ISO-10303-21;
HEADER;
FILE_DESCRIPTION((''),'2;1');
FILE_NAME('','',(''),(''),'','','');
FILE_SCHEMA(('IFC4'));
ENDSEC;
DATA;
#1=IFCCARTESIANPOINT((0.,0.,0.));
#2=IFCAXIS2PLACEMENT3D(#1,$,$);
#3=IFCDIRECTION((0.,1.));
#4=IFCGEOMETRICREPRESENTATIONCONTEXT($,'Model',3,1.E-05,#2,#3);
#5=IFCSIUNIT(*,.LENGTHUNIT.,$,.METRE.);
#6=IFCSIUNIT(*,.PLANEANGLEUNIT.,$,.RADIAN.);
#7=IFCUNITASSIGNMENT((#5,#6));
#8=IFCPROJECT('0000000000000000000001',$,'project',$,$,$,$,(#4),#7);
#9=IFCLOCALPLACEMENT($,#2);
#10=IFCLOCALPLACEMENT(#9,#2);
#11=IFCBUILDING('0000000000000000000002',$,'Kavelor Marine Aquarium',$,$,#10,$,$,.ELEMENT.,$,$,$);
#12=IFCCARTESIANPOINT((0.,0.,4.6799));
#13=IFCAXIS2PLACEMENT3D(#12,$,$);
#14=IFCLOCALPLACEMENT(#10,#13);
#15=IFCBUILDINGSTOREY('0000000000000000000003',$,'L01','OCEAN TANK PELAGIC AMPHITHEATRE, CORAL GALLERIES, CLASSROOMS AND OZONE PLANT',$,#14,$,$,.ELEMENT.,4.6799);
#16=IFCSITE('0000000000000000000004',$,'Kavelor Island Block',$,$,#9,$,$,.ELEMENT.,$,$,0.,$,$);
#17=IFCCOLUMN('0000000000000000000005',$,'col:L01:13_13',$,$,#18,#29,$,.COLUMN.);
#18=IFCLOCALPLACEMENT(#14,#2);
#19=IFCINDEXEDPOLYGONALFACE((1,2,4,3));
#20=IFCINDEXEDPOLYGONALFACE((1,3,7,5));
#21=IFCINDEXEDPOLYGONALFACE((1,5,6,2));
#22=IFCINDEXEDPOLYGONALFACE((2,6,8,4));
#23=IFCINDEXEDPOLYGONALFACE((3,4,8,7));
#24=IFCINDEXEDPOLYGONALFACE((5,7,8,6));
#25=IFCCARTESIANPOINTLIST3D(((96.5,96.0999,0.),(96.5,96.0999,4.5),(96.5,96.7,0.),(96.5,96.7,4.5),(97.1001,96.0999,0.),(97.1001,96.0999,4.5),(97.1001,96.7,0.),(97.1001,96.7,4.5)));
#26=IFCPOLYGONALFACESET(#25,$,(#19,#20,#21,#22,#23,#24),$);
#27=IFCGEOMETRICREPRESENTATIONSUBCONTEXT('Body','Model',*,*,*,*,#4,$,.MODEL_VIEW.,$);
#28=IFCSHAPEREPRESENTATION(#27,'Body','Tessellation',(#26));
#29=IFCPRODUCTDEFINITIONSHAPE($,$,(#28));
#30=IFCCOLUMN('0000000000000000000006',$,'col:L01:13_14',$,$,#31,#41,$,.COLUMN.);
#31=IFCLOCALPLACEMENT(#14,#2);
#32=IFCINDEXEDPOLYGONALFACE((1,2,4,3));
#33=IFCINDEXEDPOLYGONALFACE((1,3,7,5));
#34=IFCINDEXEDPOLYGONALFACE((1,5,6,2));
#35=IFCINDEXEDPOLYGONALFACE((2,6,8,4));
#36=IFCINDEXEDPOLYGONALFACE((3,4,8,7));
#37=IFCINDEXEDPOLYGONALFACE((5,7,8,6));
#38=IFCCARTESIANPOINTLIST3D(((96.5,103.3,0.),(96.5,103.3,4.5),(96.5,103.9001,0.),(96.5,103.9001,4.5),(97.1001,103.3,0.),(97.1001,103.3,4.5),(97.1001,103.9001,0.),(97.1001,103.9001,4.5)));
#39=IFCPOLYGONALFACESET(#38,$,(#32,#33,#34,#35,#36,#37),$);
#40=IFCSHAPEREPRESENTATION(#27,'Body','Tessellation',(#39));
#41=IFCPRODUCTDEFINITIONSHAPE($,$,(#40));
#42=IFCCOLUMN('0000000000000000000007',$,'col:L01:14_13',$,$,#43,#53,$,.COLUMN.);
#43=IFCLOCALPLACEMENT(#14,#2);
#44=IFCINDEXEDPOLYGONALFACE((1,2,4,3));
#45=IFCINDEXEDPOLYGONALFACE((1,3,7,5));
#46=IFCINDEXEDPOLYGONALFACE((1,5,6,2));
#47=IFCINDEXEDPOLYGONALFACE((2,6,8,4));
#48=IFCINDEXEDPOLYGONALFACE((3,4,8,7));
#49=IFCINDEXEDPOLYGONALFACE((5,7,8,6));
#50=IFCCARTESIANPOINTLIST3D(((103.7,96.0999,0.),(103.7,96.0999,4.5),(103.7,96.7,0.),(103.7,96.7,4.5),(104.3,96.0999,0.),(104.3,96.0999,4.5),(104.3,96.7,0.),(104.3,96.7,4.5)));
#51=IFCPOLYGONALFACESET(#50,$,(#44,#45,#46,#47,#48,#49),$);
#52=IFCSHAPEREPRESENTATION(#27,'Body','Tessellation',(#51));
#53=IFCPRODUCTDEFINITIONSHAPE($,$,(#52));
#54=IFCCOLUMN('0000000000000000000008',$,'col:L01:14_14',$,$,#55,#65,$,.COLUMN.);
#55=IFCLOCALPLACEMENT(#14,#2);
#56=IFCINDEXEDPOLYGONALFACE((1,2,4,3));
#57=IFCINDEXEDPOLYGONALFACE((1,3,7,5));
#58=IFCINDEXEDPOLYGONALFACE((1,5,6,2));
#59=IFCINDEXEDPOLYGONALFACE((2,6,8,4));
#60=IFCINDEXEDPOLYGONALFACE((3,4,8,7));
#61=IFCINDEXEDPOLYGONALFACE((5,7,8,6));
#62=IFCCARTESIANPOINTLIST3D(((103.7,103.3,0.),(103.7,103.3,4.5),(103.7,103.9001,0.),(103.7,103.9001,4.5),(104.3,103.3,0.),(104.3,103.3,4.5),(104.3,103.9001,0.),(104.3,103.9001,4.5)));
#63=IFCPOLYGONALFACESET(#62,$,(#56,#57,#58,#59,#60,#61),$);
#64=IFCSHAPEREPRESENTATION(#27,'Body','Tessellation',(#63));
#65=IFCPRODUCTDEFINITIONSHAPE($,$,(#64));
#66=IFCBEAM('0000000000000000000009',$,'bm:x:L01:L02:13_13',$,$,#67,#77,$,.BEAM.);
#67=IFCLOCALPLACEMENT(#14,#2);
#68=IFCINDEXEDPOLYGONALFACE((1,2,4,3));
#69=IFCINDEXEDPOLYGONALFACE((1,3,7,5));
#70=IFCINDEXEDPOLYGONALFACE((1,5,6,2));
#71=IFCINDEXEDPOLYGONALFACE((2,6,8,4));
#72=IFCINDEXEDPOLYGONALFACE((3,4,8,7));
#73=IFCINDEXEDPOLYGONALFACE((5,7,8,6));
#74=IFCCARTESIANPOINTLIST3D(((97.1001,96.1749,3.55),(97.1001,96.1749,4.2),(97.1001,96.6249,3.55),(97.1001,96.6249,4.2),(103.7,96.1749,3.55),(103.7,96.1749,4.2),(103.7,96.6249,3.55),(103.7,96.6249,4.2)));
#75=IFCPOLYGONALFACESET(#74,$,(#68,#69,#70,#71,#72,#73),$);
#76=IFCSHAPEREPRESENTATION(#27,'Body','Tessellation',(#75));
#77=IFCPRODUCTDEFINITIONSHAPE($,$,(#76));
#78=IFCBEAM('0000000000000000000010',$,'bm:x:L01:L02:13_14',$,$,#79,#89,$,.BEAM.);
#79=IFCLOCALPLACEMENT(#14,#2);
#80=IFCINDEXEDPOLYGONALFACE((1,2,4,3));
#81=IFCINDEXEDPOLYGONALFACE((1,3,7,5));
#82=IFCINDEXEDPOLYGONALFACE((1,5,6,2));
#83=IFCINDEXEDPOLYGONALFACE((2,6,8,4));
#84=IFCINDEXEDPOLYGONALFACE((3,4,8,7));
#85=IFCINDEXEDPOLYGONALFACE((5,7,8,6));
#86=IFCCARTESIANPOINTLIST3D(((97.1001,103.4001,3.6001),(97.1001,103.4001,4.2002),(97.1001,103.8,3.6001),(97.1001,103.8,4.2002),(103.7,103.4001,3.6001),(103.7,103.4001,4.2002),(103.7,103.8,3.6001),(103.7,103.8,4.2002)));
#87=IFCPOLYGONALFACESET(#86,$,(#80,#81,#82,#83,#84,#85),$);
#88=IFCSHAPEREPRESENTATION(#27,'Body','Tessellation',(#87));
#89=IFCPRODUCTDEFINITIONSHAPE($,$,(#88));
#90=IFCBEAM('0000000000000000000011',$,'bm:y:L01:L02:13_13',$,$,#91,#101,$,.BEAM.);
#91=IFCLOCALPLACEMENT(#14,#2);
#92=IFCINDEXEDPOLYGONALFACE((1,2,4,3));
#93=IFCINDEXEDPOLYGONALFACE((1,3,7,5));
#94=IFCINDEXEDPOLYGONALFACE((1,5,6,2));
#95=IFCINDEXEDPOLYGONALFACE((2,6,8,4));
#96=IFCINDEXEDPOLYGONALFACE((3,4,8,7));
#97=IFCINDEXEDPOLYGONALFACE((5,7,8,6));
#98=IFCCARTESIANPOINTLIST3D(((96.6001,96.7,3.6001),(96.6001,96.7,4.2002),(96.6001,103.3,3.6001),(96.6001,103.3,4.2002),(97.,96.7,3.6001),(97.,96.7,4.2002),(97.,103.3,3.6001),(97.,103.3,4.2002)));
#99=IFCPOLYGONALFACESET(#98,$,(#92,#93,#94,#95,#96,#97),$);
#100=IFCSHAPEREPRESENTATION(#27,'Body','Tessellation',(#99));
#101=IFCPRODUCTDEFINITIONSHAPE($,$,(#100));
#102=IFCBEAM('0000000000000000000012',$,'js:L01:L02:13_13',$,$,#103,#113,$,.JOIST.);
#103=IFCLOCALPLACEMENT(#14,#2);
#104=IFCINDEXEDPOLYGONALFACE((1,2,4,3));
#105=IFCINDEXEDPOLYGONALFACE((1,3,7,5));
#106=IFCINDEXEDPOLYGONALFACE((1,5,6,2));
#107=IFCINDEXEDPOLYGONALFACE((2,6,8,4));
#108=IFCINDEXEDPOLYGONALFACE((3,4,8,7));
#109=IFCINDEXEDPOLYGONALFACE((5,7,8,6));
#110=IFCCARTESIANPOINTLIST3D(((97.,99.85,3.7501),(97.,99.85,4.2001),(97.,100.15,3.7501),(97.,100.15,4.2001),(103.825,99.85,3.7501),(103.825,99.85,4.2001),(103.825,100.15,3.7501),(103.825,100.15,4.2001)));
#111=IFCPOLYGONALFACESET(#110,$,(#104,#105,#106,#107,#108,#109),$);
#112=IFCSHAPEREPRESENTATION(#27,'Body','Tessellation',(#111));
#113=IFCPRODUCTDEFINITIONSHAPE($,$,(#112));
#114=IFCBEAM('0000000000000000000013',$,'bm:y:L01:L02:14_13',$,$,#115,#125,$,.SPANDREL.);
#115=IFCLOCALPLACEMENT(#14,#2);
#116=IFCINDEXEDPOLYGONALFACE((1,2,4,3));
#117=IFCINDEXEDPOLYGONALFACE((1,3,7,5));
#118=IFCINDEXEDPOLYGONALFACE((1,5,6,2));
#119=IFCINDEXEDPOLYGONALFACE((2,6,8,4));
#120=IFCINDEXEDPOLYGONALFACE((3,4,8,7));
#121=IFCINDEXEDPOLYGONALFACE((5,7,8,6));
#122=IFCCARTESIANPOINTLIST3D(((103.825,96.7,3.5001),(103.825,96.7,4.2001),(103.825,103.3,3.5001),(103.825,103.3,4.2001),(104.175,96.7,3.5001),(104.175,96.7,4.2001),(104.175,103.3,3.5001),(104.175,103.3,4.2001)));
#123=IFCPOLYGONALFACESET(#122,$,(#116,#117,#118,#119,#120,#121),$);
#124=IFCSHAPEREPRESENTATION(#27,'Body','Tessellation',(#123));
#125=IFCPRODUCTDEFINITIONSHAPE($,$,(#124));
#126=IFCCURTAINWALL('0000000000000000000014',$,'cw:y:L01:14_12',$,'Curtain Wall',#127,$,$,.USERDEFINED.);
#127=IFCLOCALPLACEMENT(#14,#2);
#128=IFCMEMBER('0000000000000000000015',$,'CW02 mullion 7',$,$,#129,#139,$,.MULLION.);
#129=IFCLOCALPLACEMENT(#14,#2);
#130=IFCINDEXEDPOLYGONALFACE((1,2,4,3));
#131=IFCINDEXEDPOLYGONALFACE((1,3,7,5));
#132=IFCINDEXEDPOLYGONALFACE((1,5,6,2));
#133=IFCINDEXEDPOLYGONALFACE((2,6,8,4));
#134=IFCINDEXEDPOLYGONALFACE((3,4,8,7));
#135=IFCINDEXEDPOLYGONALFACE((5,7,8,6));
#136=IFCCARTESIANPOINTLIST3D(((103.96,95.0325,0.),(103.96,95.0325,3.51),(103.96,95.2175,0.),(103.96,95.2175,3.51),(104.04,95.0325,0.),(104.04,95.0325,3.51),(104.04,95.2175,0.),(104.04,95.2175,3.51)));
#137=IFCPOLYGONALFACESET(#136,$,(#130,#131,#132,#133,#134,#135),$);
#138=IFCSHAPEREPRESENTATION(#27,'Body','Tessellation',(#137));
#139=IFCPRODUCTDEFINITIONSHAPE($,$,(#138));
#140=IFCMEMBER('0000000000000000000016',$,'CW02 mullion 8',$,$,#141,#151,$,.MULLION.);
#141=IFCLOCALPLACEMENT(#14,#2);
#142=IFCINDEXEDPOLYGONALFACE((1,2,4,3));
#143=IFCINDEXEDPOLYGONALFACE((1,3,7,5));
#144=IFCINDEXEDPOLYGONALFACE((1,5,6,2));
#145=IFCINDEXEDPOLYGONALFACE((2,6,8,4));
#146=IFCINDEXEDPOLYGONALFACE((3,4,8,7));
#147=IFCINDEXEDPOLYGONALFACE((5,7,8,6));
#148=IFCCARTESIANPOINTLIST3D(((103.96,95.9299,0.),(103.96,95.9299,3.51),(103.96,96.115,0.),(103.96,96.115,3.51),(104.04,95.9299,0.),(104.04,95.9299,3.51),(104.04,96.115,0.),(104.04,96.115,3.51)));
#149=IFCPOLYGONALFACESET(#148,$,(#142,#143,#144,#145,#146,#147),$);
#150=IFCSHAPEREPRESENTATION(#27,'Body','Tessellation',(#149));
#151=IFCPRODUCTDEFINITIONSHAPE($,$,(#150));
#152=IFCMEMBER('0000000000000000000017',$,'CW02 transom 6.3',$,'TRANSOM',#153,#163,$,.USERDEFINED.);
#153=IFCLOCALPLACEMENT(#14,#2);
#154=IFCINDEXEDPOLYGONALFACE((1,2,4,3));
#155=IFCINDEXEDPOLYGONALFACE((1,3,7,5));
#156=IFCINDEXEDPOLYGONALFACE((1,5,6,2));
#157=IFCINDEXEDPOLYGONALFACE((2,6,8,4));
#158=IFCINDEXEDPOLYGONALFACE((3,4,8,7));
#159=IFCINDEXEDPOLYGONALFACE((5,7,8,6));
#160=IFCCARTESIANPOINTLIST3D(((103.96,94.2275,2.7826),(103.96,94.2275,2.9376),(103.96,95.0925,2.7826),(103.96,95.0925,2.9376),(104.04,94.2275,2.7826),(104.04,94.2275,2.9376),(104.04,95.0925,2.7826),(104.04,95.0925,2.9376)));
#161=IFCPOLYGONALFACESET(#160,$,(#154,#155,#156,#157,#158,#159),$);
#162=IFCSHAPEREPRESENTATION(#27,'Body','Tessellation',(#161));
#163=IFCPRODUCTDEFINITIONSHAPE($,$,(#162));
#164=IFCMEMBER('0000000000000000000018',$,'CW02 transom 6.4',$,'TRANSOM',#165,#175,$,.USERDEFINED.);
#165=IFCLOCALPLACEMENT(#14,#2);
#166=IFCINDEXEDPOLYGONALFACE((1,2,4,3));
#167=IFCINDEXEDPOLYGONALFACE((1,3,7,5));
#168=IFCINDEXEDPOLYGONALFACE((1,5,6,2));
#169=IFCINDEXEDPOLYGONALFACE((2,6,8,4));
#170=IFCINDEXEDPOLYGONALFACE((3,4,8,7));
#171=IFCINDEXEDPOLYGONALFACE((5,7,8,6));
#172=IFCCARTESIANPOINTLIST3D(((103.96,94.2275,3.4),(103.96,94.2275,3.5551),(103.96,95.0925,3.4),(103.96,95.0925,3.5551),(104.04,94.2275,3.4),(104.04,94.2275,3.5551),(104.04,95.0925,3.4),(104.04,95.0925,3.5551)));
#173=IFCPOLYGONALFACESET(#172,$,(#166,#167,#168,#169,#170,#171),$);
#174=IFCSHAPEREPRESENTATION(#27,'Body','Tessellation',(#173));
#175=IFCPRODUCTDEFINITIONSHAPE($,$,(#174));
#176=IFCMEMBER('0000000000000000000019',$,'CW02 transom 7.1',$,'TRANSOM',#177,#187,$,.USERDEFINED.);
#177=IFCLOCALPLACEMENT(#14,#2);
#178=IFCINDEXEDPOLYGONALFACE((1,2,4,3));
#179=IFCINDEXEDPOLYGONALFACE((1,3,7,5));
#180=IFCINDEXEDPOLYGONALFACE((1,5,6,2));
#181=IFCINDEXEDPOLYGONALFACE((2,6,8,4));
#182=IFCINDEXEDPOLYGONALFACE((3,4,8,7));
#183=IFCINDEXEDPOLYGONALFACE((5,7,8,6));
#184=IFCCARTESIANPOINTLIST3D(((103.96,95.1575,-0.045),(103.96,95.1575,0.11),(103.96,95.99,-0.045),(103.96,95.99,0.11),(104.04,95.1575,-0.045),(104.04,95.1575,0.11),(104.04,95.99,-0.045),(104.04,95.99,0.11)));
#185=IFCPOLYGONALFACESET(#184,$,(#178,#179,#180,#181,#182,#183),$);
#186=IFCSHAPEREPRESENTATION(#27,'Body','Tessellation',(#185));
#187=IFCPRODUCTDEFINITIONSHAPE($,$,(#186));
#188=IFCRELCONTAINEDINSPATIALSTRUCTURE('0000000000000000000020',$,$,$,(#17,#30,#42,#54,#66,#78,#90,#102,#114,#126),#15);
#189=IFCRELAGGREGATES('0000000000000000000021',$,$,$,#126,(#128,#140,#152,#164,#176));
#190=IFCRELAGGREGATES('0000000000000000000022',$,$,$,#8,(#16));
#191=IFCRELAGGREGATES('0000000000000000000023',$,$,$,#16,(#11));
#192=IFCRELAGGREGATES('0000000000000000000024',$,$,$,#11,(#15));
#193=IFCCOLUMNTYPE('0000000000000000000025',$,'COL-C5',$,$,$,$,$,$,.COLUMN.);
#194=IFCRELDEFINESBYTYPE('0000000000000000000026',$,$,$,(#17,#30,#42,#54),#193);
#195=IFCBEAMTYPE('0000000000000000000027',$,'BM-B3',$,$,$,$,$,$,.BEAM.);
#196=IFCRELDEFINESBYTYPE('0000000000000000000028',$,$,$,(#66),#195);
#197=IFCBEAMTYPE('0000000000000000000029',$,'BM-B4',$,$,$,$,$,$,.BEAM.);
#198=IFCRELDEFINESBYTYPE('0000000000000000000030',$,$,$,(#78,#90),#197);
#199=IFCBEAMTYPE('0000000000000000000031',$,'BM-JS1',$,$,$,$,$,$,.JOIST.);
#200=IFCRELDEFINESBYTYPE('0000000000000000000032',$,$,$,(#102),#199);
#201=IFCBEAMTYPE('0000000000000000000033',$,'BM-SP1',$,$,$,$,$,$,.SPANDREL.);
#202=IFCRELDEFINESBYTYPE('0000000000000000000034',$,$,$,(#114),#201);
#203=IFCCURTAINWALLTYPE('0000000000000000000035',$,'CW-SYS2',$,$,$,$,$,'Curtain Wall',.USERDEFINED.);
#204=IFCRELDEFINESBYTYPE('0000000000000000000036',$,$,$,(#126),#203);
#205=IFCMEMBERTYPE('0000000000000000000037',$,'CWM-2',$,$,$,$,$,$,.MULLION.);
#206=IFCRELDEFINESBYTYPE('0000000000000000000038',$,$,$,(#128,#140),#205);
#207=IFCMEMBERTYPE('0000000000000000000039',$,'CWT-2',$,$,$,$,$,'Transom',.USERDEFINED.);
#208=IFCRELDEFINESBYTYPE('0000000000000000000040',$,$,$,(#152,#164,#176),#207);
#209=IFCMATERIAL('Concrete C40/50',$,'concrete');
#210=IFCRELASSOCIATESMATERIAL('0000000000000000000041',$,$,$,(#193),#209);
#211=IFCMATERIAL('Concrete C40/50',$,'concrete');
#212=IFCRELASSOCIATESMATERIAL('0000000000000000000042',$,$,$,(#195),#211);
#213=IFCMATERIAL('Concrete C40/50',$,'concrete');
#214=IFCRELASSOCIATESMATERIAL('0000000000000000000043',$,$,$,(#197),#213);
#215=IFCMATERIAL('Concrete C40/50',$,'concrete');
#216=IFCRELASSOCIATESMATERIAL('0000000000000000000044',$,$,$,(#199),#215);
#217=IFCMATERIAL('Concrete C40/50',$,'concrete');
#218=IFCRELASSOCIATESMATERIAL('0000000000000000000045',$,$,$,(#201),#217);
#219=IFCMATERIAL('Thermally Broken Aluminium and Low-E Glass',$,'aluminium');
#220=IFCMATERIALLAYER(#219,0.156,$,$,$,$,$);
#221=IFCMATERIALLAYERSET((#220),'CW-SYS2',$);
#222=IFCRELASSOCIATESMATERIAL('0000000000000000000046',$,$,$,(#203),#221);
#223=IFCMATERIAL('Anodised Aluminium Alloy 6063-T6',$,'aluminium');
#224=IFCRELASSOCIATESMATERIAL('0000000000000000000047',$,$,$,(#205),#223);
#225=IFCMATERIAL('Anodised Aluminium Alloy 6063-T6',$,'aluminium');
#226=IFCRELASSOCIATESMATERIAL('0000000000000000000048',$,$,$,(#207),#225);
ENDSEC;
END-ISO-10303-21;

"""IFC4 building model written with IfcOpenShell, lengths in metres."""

from ifc_helpers import new_model, si_unit, direction, frame, origin, origin_2d, place, context, subcontext, project, spatial, rectangle, extrude, material, layer, layer_set, material_profile, profile_set, type_object, element, aggregate, save


model = new_model("IFC4")

# Units and contexts
model_context = context("Model", 3, precision=1e-05, world=origin(), true_north=direction((0.0, 1.0)))
body_context = subcontext(model_context, "Body", "Model", "MODEL_VIEW")
ifc_project = project(units=[si_unit("LENGTHUNIT", "METRE"), si_unit("PLANEANGLEUNIT", "RADIAN")], contexts=[model_context])

# Site, building, storey
site_placement = place(None, origin())
site = spatial("IfcSite", under=ifc_project, at=site_placement, Name="Kavelor Island Block", CompositionType="ELEMENT", RefElevation=0.0)
building_placement = place(site_placement, origin())
building = spatial("IfcBuilding", under=site, at=building_placement, Name="Kavelor Marine Aquarium", CompositionType="ELEMENT")
storey_placement = place(building_placement, frame((0.0, 0.0, 4.6799)))
storey = spatial("IfcBuildingStorey", under=building, at=storey_placement, Name="L01", Description="OCEAN TANK PELAGIC AMPHITHEATRE, CORAL GALLERIES, CLASSROOMS AND OZONE PLANT", CompositionType="ELEMENT", Elevation=4.6799)

# Columns
ifc_material_1 = material(Name="Concrete C40/50", Category="concrete")
ifc_material_profile_1 = material_profile(ifc_material_1, rectangle(XDim=0.6001, YDim=0.6001, at=origin_2d()), Name="RC-COL 600x600")
ifc_profile_set_1 = profile_set([ifc_material_profile_1], Name="Concrete C40/50")
column_type = type_object("IfcColumnType", Name="COL-C5", PredefinedType="COLUMN", material=ifc_profile_set_1)
for number, where, z_axis, x_axis, name in (
    (1, (96.8, 96.3999, 0.0), (0.0, 0.0, 1.0), (1.0, 0.0, 0.0), "col:L01:13_13"),
    (2, (96.8, 103.6001, 0.0), (0.0, 0.0, 1.0), (1.0, 0.0, 0.0), "col:L01:13_14"),
    (3, (104.0, 96.3999, 0.0), (0.0, 0.0, 1.0), (1.0, 0.0, 0.0), "col:L01:14_13"),
    (4, (104.0, 103.6001, 0.0), (0.0, 0.0, 1.0), (1.0, 0.0, 0.0), "col:L01:14_14"),
):
    element("IfcColumn", number, at=place(storey_placement, frame(where, z_axis=z_axis, x_axis=x_axis)), inside=storey, type_object=column_type, Name=name, PredefinedType="COLUMN", context=body_context, shape_type="SweptSolid", body=[
        extrude(rectangle(XDim=0.6001, YDim=0.6001, at=origin_2d()), origin(), (0.0, 0.0, 1.0), 4.5),
    ])

# Beams
ifc_material_2 = material(Name="Concrete C40/50", Category="concrete")
ifc_material_profile_2 = material_profile(ifc_material_2, rectangle(XDim=0.45, YDim=0.6499, at=origin_2d()), Name="RC-BM 450x650")
ifc_profile_set_2 = profile_set([ifc_material_profile_2], Name="Concrete C40/50")
beam_type_1 = type_object("IfcBeamType", Name="BM-B3", PredefinedType="BEAM", material=ifc_profile_set_2)
beam_1_placement = place(storey_placement, frame((97.1001, 96.3999, 3.875), z_axis=(1.0, 0.0, 0.0), x_axis=(0.0, 1.0, 0.0)))
element("IfcBeam", 5, at=beam_1_placement, inside=storey, type_object=beam_type_1, Name="bm:x:L01:L02:13_13", PredefinedType="BEAM", context=body_context, shape_type="SweptSolid", body=[
    extrude(rectangle(XDim=0.45, YDim=0.6499, at=origin_2d()), origin(), (0.0, 0.0, 1.0), 6.5999),
])
ifc_material_3 = material(Name="Concrete C40/50", Category="concrete")
ifc_material_profile_3 = material_profile(ifc_material_3, rectangle(XDim=0.3999, YDim=0.6001, at=origin_2d()), Name="RC-BM 400x600")
ifc_profile_set_3 = profile_set([ifc_material_profile_3], Name="Concrete C40/50")
beam_type_2 = type_object("IfcBeamType", Name="BM-B4", PredefinedType="BEAM", material=ifc_profile_set_3)
beam_2_placement = place(storey_placement, frame((97.1001, 103.6001, 3.9001), z_axis=(1.0, 0.0, 0.0), x_axis=(0.0, 1.0, 0.0)))
element("IfcBeam", 6, at=beam_2_placement, inside=storey, type_object=beam_type_2, Name="bm:x:L01:L02:13_14", PredefinedType="BEAM", context=body_context, shape_type="SweptSolid", body=[
    extrude(rectangle(XDim=0.3999, YDim=0.6001, at=origin_2d()), origin(), (0.0, 0.0, 1.0), 6.5999),
])
beam_3_placement = place(storey_placement, frame((96.8, 96.7, 3.9001), z_axis=(0.0, 1.0, 0.0), x_axis=(-1.0, 0.0, 0.0)))
element("IfcBeam", 7, at=beam_3_placement, inside=storey, type_object=beam_type_2, Name="bm:y:L01:L02:13_13", PredefinedType="BEAM", context=body_context, shape_type="SweptSolid", body=[
    extrude(rectangle(XDim=0.3999, YDim=0.6001, at=origin_2d()), origin(), (0.0, 0.0, 1.0), 6.6001),
])
ifc_material_4 = material(Name="Concrete C40/50", Category="concrete")
ifc_material_profile_4 = material_profile(ifc_material_4, rectangle(XDim=0.3, YDim=0.45, at=origin_2d()), Name="RC-JS 300x450")
ifc_profile_set_4 = profile_set([ifc_material_profile_4], Name="Concrete C40/50")
beam_type_3 = type_object("IfcBeamType", Name="BM-JS1", PredefinedType="JOIST", material=ifc_profile_set_4)
beam_4_placement = place(storey_placement, frame((97.0, 100.0, 3.9751), z_axis=(1.0, 0.0, 0.0), x_axis=(0.0, 1.0, 0.0)))
element("IfcBeam", 8, at=beam_4_placement, inside=storey, type_object=beam_type_3, Name="js:L01:L02:13_13", PredefinedType="JOIST", context=body_context, shape_type="SweptSolid", body=[
    extrude(rectangle(XDim=0.3, YDim=0.45, at=origin_2d()), origin(), (0.0, 0.0, 1.0), 6.825),
])
ifc_material_5 = material(Name="Concrete C40/50", Category="concrete")
ifc_material_profile_5 = material_profile(ifc_material_5, rectangle(XDim=0.3501, YDim=0.7, at=origin_2d()), Name="RC-SP 350x700")
ifc_profile_set_5 = profile_set([ifc_material_profile_5], Name="Concrete C40/50")
beam_type_4 = type_object("IfcBeamType", Name="BM-SP1", PredefinedType="SPANDREL", material=ifc_profile_set_5)
beam_5_placement = place(storey_placement, frame((104.0, 96.7, 3.8501), z_axis=(0.0, 1.0, 0.0), x_axis=(-1.0, 0.0, 0.0)))
element("IfcBeam", 9, at=beam_5_placement, inside=storey, type_object=beam_type_4, Name="bm:y:L01:L02:14_13", PredefinedType="SPANDREL", context=body_context, shape_type="SweptSolid", body=[
    extrude(rectangle(XDim=0.3501, YDim=0.7, at=origin_2d()), origin(), (0.0, 0.0, 1.0), 6.6001),
])

# Curtain wall, members
ifc_material_6 = material(Name="Thermally Broken Aluminium and Low-E Glass", Category="aluminium")
ifc_layer_1 = layer(ifc_material_6, 0.156)
ifc_layer_set_1 = layer_set([ifc_layer_1], Name="CW-SYS2")
curtain_wall_type = type_object("IfcCurtainWallType", Name="CW-SYS2", ElementType="Curtain Wall", PredefinedType="USERDEFINED", material=ifc_layer_set_1)
curtain_wall_placement = place(storey_placement, origin())
curtain_wall = element("IfcCurtainWall", 10, at=curtain_wall_placement, inside=storey, type_object=curtain_wall_type, Name="cw:y:L01:14_12", ObjectType="Curtain Wall", PredefinedType="USERDEFINED")
ifc_material_7 = material(Name="Anodised Aluminium Alloy 6063-T6", Category="aluminium")
ifc_material_profile_6 = material_profile(ifc_material_7, rectangle(XDim=0.0801, YDim=0.1851, at=origin_2d()), Name="CW-MUL 80x185")
ifc_profile_set_6 = profile_set([ifc_material_profile_6], Name="Anodised Aluminium Alloy 6063-T6")
member_type_1 = type_object("IfcMemberType", Name="CWM-2", PredefinedType="MULLION", material=ifc_profile_set_6)
member_1_placement = place(storey_placement, frame((104.0, 95.125, 0.0), z_axis=(0.0, 0.0, 1.0), x_axis=(-1.0, 0.0, 0.0)))
member_1 = element("IfcMember", 11, at=member_1_placement, type_object=member_type_1, Name="CW02 mullion 7", PredefinedType="MULLION", context=body_context, shape_type="SweptSolid", body=[
    extrude(rectangle(XDim=0.0801, YDim=0.1851, at=origin_2d()), origin(), (0.0, 0.0, 1.0), 3.51),
])
member_2_placement = place(storey_placement, frame((104.0, 96.0225, 0.0), z_axis=(0.0, 0.0, 1.0), x_axis=(-1.0, 0.0, 0.0)))
member_2 = element("IfcMember", 12, at=member_2_placement, type_object=member_type_1, Name="CW02 mullion 8", PredefinedType="MULLION", context=body_context, shape_type="SweptSolid", body=[
    extrude(rectangle(XDim=0.0801, YDim=0.1851, at=origin_2d()), origin(), (0.0, 0.0, 1.0), 3.51),
])
ifc_material_8 = material(Name="Anodised Aluminium Alloy 6063-T6", Category="aluminium")
ifc_material_profile_7 = material_profile(ifc_material_8, rectangle(XDim=0.0801, YDim=0.155, at=origin_2d()), Name="CW-TRN 80x155")
ifc_profile_set_7 = profile_set([ifc_material_profile_7], Name="Anodised Aluminium Alloy 6063-T6")
member_type_2 = type_object("IfcMemberType", Name="CWT-2", ElementType="Transom", PredefinedType="USERDEFINED", material=ifc_profile_set_7)
member_3_placement = place(storey_placement, frame((104.0, 94.2275, 2.8601), z_axis=(0.0, 1.0, 0.0), x_axis=(-1.0, 0.0, 0.0)))
member_3 = element("IfcMember", 13, at=member_3_placement, type_object=member_type_2, Name="CW02 transom 6.3", ObjectType="TRANSOM", PredefinedType="USERDEFINED", context=body_context, shape_type="SweptSolid", body=[
    extrude(rectangle(XDim=0.0801, YDim=0.155, at=origin_2d()), origin(), (0.0, 0.0, 1.0), 0.865),
])
member_4_placement = place(storey_placement, frame((104.0, 94.2275, 3.4775), z_axis=(0.0, 1.0, 0.0), x_axis=(-1.0, 0.0, 0.0)))
member_4 = element("IfcMember", 14, at=member_4_placement, type_object=member_type_2, Name="CW02 transom 6.4", ObjectType="TRANSOM", PredefinedType="USERDEFINED", context=body_context, shape_type="SweptSolid", body=[
    extrude(rectangle(XDim=0.0801, YDim=0.155, at=origin_2d()), origin(), (0.0, 0.0, 1.0), 0.865),
])
member_5_placement = place(storey_placement, frame((104.0, 95.1575, 0.0325), z_axis=(0.0, 1.0, 0.0), x_axis=(-1.0, 0.0, 0.0)))
member_5 = element("IfcMember", 15, at=member_5_placement, type_object=member_type_2, Name="CW02 transom 7.1", ObjectType="TRANSOM", PredefinedType="USERDEFINED", context=body_context, shape_type="SweptSolid", body=[
    extrude(rectangle(XDim=0.0801, YDim=0.155, at=origin_2d()), origin(), (0.0, 0.0, 1.0), 0.8325),
])
aggregate(curtain_wall, [member_1, member_2, member_3, member_4, member_5])

save(model, "model.ifc")
